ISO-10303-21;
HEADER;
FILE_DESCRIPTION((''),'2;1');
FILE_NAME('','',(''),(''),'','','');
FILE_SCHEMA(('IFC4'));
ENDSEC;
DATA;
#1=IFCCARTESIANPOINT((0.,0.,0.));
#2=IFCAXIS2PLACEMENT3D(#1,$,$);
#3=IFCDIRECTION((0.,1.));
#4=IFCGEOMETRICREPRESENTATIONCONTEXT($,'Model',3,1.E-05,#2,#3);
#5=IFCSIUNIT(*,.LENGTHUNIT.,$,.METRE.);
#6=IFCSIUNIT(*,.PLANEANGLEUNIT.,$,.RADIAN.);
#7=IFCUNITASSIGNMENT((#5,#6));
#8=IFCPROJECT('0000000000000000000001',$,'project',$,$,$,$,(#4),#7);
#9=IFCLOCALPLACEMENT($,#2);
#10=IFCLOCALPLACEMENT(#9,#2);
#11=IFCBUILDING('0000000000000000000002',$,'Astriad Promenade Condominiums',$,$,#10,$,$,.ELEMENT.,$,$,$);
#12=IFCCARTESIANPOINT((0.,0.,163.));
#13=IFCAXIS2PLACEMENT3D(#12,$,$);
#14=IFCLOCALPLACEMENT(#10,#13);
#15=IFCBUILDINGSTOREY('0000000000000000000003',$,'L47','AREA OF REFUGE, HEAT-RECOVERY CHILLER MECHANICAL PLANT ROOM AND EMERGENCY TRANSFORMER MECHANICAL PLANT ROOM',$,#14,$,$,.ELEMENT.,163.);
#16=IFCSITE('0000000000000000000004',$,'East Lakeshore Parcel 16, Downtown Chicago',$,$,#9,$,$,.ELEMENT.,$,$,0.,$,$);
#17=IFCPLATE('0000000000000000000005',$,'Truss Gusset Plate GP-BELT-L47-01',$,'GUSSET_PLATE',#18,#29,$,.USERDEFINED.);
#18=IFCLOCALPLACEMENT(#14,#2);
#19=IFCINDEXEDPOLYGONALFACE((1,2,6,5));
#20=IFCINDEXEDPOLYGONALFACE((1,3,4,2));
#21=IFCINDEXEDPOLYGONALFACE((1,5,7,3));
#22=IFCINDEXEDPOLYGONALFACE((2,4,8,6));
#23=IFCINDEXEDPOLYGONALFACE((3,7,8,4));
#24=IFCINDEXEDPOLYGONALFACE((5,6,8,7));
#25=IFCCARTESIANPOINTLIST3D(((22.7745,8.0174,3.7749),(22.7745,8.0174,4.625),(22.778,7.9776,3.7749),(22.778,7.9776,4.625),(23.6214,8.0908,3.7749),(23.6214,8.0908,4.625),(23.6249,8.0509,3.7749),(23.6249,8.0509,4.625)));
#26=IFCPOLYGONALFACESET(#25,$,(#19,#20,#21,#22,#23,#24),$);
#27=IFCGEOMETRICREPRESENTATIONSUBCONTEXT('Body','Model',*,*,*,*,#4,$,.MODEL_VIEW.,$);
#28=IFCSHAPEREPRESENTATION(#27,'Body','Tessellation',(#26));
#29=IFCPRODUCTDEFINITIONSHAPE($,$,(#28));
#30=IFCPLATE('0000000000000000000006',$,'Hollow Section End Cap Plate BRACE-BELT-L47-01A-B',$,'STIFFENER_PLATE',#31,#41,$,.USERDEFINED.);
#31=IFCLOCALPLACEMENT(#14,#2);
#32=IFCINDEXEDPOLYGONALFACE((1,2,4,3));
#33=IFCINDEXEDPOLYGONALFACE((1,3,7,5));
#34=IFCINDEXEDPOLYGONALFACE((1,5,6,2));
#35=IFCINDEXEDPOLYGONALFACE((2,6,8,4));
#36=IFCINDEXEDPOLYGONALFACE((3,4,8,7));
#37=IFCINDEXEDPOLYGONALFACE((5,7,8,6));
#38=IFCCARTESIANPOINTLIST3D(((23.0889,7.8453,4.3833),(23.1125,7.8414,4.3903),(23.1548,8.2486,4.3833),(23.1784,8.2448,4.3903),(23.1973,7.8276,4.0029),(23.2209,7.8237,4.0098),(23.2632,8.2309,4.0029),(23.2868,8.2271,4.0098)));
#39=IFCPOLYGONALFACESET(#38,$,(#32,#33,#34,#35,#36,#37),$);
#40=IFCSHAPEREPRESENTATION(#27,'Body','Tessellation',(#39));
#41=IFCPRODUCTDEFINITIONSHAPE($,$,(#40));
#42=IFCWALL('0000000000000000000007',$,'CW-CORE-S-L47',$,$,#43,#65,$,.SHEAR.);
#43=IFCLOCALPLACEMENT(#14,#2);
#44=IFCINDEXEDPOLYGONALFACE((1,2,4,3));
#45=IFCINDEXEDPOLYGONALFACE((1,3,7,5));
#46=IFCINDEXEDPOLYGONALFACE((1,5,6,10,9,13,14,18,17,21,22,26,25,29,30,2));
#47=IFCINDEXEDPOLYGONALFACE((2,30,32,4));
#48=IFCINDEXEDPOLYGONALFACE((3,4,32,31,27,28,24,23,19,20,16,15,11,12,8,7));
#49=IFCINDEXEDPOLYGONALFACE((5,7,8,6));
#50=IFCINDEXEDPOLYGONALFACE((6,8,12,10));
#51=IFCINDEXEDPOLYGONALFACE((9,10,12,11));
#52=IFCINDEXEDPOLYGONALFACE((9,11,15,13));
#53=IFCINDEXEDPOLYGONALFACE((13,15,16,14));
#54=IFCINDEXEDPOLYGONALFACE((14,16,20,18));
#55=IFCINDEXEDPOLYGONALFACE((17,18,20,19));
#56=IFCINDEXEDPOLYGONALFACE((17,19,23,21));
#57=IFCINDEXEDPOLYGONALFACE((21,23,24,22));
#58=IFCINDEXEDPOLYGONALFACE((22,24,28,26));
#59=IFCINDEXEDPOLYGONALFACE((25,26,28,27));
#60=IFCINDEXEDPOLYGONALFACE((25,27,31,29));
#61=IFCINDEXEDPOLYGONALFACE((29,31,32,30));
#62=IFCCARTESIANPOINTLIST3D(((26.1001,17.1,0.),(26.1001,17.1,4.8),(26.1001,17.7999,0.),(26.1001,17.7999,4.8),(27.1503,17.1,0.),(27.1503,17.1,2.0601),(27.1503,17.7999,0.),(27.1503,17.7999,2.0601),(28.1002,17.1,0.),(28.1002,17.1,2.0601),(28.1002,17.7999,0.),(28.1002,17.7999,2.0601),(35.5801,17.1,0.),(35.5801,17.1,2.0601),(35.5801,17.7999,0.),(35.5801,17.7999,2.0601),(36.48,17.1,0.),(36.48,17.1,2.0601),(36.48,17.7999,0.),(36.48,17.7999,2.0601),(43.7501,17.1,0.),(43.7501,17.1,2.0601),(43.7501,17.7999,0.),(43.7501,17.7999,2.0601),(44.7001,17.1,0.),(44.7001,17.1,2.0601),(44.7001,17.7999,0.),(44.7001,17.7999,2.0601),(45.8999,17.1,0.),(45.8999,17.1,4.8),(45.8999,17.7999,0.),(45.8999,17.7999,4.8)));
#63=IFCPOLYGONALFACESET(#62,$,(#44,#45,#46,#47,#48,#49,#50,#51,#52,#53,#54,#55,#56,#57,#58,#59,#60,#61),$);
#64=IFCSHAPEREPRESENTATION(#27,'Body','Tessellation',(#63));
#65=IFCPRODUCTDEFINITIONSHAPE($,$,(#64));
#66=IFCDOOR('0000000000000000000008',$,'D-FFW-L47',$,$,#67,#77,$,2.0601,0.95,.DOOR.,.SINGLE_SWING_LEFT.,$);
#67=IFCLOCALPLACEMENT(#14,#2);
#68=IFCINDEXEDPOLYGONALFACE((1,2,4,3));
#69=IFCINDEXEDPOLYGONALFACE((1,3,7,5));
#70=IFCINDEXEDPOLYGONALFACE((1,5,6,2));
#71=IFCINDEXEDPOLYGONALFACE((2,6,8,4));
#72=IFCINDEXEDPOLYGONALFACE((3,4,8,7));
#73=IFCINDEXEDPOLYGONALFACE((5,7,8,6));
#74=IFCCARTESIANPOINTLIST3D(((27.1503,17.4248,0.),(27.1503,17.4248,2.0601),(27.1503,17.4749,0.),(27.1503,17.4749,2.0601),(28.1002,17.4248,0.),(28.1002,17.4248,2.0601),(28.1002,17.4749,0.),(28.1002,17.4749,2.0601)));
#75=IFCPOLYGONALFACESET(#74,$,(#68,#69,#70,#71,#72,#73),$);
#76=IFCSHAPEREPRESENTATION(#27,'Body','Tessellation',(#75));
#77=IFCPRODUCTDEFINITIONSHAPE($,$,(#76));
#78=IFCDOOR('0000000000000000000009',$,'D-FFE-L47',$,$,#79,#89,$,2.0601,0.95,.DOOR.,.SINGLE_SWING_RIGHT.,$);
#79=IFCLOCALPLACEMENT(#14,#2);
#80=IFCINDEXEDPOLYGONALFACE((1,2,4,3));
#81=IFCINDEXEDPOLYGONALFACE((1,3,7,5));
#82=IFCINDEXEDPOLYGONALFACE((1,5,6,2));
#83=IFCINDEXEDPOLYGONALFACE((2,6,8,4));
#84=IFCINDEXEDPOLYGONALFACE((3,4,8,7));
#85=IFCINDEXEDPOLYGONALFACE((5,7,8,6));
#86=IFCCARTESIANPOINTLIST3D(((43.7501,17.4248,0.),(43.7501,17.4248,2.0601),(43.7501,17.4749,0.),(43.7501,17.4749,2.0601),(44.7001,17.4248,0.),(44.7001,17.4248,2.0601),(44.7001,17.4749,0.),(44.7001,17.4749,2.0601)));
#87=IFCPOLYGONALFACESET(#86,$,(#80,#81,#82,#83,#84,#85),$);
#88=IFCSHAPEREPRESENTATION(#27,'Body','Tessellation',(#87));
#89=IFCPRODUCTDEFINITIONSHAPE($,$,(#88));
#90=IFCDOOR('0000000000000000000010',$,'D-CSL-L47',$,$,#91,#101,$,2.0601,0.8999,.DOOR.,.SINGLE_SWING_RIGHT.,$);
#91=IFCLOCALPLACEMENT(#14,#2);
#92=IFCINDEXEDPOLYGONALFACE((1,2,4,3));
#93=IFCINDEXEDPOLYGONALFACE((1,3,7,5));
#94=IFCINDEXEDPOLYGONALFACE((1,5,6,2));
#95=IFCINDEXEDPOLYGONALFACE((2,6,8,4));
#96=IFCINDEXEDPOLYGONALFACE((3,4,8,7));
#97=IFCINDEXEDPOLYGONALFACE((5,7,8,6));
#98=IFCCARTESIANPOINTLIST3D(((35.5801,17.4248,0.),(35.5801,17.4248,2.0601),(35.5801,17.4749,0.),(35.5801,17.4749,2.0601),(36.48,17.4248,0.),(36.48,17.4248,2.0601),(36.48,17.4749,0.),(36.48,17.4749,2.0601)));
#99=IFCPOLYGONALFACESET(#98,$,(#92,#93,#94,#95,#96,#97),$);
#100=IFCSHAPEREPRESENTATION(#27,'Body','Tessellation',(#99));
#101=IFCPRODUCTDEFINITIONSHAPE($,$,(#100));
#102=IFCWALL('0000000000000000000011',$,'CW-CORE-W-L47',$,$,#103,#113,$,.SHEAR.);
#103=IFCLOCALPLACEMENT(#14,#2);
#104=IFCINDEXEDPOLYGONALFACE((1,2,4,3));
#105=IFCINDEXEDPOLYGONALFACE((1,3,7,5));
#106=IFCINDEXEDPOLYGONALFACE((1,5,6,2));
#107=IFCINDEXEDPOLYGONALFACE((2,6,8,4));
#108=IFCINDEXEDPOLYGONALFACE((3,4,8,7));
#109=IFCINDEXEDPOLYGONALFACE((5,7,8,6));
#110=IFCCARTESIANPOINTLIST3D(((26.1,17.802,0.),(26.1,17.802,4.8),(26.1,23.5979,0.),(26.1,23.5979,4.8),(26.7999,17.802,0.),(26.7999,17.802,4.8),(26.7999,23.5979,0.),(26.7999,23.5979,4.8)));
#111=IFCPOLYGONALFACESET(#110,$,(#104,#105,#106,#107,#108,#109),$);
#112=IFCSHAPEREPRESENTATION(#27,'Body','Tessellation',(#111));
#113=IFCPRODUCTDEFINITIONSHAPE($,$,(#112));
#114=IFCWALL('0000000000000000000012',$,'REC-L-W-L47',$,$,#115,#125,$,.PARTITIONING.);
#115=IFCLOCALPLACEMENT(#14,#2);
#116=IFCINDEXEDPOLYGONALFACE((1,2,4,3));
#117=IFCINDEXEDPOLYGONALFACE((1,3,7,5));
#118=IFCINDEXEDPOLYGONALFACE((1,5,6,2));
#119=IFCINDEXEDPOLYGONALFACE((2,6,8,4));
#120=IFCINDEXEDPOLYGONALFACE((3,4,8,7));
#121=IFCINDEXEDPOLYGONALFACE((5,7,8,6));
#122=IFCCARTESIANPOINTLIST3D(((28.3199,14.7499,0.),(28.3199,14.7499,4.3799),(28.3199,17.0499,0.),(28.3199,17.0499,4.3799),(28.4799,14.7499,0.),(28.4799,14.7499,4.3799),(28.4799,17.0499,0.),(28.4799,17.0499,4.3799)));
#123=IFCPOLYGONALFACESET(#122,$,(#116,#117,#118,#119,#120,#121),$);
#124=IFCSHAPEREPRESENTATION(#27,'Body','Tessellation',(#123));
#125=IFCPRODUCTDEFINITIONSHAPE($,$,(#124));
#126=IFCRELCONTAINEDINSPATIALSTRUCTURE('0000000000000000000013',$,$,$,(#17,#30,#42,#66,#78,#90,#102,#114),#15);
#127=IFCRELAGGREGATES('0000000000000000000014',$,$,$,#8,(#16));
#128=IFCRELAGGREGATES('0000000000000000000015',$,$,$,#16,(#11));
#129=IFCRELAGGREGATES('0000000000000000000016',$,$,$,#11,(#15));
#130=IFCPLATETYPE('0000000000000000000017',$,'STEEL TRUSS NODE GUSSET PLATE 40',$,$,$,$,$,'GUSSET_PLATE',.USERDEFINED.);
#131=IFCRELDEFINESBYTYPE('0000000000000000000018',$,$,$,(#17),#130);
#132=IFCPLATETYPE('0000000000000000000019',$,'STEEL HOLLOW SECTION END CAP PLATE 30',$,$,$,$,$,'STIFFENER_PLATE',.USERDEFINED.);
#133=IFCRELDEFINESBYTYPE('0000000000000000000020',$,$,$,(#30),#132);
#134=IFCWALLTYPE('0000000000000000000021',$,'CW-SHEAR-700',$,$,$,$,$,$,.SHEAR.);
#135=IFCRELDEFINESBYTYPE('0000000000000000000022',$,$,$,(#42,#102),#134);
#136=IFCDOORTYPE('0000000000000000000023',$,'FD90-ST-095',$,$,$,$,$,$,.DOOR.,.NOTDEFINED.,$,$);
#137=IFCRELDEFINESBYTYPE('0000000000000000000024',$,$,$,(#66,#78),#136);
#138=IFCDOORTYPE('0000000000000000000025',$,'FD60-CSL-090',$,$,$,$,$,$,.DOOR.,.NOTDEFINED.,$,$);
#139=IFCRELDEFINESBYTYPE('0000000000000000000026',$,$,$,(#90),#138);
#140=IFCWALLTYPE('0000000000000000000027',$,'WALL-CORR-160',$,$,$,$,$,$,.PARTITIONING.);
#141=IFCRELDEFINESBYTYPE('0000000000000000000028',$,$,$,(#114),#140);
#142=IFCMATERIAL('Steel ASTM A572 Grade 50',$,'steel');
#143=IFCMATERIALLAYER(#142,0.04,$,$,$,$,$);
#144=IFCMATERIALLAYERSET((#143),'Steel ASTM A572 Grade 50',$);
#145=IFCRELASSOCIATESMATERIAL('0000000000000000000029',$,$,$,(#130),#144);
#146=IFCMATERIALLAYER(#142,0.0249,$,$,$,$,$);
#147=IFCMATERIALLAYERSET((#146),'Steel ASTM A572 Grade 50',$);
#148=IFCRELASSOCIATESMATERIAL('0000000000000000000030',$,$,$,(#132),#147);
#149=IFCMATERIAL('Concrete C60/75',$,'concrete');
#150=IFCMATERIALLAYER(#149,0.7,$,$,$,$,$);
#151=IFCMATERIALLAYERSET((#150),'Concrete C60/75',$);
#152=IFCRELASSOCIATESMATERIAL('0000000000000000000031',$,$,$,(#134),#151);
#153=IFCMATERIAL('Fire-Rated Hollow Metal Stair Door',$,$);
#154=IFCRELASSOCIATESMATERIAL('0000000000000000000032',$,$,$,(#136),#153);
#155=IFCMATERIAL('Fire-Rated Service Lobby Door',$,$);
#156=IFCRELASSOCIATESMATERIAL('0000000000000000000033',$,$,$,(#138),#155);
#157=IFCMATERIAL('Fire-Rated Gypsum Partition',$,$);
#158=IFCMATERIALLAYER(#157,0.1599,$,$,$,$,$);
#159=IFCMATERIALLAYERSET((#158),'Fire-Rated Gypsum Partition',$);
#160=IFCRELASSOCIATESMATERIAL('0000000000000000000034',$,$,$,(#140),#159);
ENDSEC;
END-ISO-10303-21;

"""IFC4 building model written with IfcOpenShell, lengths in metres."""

from ifc_helpers import new_model, si_unit, direction, frame, frame_2d, origin, origin_2d, place, context, subcontext, project, spatial, rectangle, extrude, source, transform, mapped, material, layer, layer_set, type_object, type_shapes, element, fill, save


model = new_model("IFC4")

# Units and contexts
model_context = context("Model", 3, precision=1e-05, world=origin(), true_north=direction((0.0, 1.0)))
body_context = subcontext(model_context, "Body", "Model", "MODEL_VIEW")
ifc_project = project(units=[si_unit("LENGTHUNIT", "METRE"), si_unit("PLANEANGLEUNIT", "RADIAN")], contexts=[model_context])

# Site, building, storey
site_placement = place(None, origin())
site = spatial("IfcSite", under=ifc_project, at=site_placement, Name="East Lakeshore Parcel 16, Downtown Chicago", CompositionType="ELEMENT", RefElevation=0.0)
building_placement = place(site_placement, origin())
building = spatial("IfcBuilding", under=site, at=building_placement, Name="Astriad Promenade Condominiums", CompositionType="ELEMENT")
storey_placement = place(building_placement, frame((0.0, 0.0, 163.0)))
storey = spatial("IfcBuildingStorey", under=building, at=storey_placement, Name="L47", Description="AREA OF REFUGE, HEAT-RECOVERY CHILLER MECHANICAL PLANT ROOM AND EMERGENCY TRANSFORMER MECHANICAL PLANT ROOM", CompositionType="ELEMENT", Elevation=163.0)

# Plates
ifc_material_1 = material(Name="Steel ASTM A572 Grade 50", Category="steel")
ifc_layer_1 = layer(ifc_material_1, 0.04)
ifc_layer_set_1 = layer_set([ifc_layer_1], Name="Steel ASTM A572 Grade 50")
plate_type_1 = type_object("IfcPlateType", Name="STEEL TRUSS NODE GUSSET PLATE 40", ElementType="GUSSET_PLATE", PredefinedType="USERDEFINED", material=ifc_layer_set_1)
shared_shape_1 = source(origin(), body_context, "Body", "SweptSolid", [
    extrude(rectangle(XDim=0.8501, YDim=0.04, at=origin_2d()), origin(), (0.0, 0.0, 1.0), 0.8501),
])
type_shapes(plate_type_1, [shared_shape_1])
plate_1_placement = place(storey_placement, frame((23.1997, 8.0342, 3.7749), z_axis=(0.0, 0.0, 1.0), x_axis=(0.99627, 0.086286, 0.0)))
element("IfcPlate", 1, at=plate_1_placement, inside=storey, type_object=plate_type_1, Name="Truss Gusset Plate GP-BELT-L47-01", ObjectType="GUSSET_PLATE", PredefinedType="USERDEFINED", context=body_context, shape_type="MappedRepresentation", body=[
    mapped(shared_shape_1, transform((0.0, 0.0, 0.0), scale=1.0)),
])
ifc_layer_2 = layer(ifc_material_1, 0.0249)
ifc_layer_set_2 = layer_set([ifc_layer_2], Name="Steel ASTM A572 Grade 50")
plate_type_2 = type_object("IfcPlateType", Name="STEEL HOLLOW SECTION END CAP PLATE 30", ElementType="STIFFENER_PLATE", PredefinedType="USERDEFINED", material=ifc_layer_set_2)
shared_shape_2 = source(origin(), body_context, "Body", "SweptSolid", [
    extrude(rectangle(XDim=0.4087, YDim=0.396, at=origin_2d()), origin(), (0.0, 0.0, 1.0), 0.0249),
])
type_shapes(plate_type_2, [shared_shape_2])
plate_2_placement = place(storey_placement, frame((23.176, 8.0381, 4.1931), z_axis=(0.948211, -0.154805, 0.277365), x_axis=(0.161127, 0.986934, 0.0)))
element("IfcPlate", 2, at=plate_2_placement, inside=storey, type_object=plate_type_2, Name="Hollow Section End Cap Plate BRACE-BELT-L47-01A-B", ObjectType="STIFFENER_PLATE", PredefinedType="USERDEFINED", context=body_context, shape_type="MappedRepresentation", body=[
    mapped(shared_shape_2, transform((0.0, 0.0, 0.0), scale=1.0)),
])

# Wall, openings, doors
ifc_material_2 = material(Name="Concrete C60/75", Category="concrete")
ifc_layer_3 = layer(ifc_material_2, 0.7)
ifc_layer_set_3 = layer_set([ifc_layer_3], Name="Concrete C60/75")
wall_type_1 = type_object("IfcWallType", Name="CW-SHEAR-700", PredefinedType="SHEAR", material=ifc_layer_set_3)
wall_1_placement = place(storey_placement, frame((26.1001, 17.45, 0.0), z_axis=(0.0, 0.0, 1.0), x_axis=(1.0, 0.0, 0.0)))
wall_1 = element("IfcWall", 3, at=wall_1_placement, inside=storey, type_object=wall_type_1, Name="CW-CORE-S-L47", PredefinedType="SHEAR", context=body_context, shape_type="SweptSolid", body=[
    extrude(rectangle(XDim=19.7998, YDim=0.7, at=frame_2d((9.8999, 0.0))), origin(), (0.0, 0.0, 1.0), 4.8),
])
opening_1_placement = place(wall_1_placement, frame((1.05, 0.0, 0.0)))
opening_1 = element("IfcOpeningElement", 4, at=opening_1_placement, cuts=wall_1, PredefinedType="OPENING", context=body_context, shape_type="SweptSolid", body=[
    extrude(rectangle(XDim=0.95, YDim=2.0601, at=frame_2d((0.4751, 1.03))), frame((0.0, 0.3599, 0.0), z_axis=(0.0, -1.0, 0.0), x_axis=(1.0, 0.0, 0.0)), (0.0, 0.0, 1.0), 0.72),
])
opening_2_placement = place(wall_1_placement, frame((9.48, 0.0, 0.0)))
opening_2 = element("IfcOpeningElement", 5, at=opening_2_placement, cuts=wall_1, PredefinedType="OPENING", context=body_context, shape_type="SweptSolid", body=[
    extrude(rectangle(XDim=0.8999, YDim=2.0601, at=frame_2d((0.45, 1.03))), frame((0.0, 0.3599, 0.0), z_axis=(0.0, -1.0, 0.0), x_axis=(1.0, 0.0, 0.0)), (0.0, 0.0, 1.0), 0.72),
])
opening_3_placement = place(wall_1_placement, frame((17.6499, 0.0, 0.0)))
opening_3 = element("IfcOpeningElement", 6, at=opening_3_placement, cuts=wall_1, PredefinedType="OPENING", context=body_context, shape_type="SweptSolid", body=[
    extrude(rectangle(XDim=0.95, YDim=2.0601, at=frame_2d((0.4751, 1.03))), frame((0.0, 0.3599, 0.0), z_axis=(0.0, -1.0, 0.0), x_axis=(1.0, 0.0, 0.0)), (0.0, 0.0, 1.0), 0.72),
])
ifc_material_3 = material(Name="Fire-Rated Hollow Metal Stair Door")
door_type_1 = type_object("IfcDoorType", Name="FD90-ST-095", OperationType="NOTDEFINED", PredefinedType="DOOR", material=ifc_material_3)
shared_shape_3 = source(origin(), body_context, "Body", "SweptSolid", [
    extrude(rectangle(XDim=0.95, YDim=2.0601, at=frame_2d((0.4751, 1.03))), frame((0.0, 0.0249, 0.0), z_axis=(0.0, -1.0, 0.0), x_axis=(1.0, 0.0, 0.0)), (0.0, 0.0, 1.0), 0.05),
])
type_shapes(door_type_1, [shared_shape_3])
door_1_placement = place(opening_1_placement, origin())
door_1 = element("IfcDoor", 7, at=door_1_placement, inside=storey, type_object=door_type_1, Name="D-FFW-L47", OperationType="SINGLE_SWING_LEFT", OverallHeight=2.0601, OverallWidth=0.95, PredefinedType="DOOR", context=body_context, shape_type="MappedRepresentation", body=[
    mapped(shared_shape_3, transform((0.0, 0.0, 0.0), scale=1.0)),
])
fill(opening_1, door_1)
door_2_placement = place(opening_3_placement, origin())
door_2 = element("IfcDoor", 8, at=door_2_placement, inside=storey, type_object=door_type_1, Name="D-FFE-L47", OperationType="SINGLE_SWING_RIGHT", OverallHeight=2.0601, OverallWidth=0.95, PredefinedType="DOOR", context=body_context, shape_type="MappedRepresentation", body=[
    mapped(shared_shape_3, transform((0.0, 0.0, 0.0), scale=1.0)),
])
fill(opening_3, door_2)
ifc_material_4 = material(Name="Fire-Rated Service Lobby Door")
door_type_2 = type_object("IfcDoorType", Name="FD60-CSL-090", OperationType="NOTDEFINED", PredefinedType="DOOR", material=ifc_material_4)
shared_shape_4 = source(origin(), body_context, "Body", "SweptSolid", [
    extrude(rectangle(XDim=0.8999, YDim=2.0601, at=frame_2d((0.45, 1.03))), frame((0.0, 0.0249, 0.0), z_axis=(0.0, -1.0, 0.0), x_axis=(1.0, 0.0, 0.0)), (0.0, 0.0, 1.0), 0.05),
])
type_shapes(door_type_2, [shared_shape_4])
door_3_placement = place(opening_2_placement, origin())
door_3 = element("IfcDoor", 9, at=door_3_placement, inside=storey, type_object=door_type_2, Name="D-CSL-L47", OperationType="SINGLE_SWING_RIGHT", OverallHeight=2.0601, OverallWidth=0.8999, PredefinedType="DOOR", context=body_context, shape_type="MappedRepresentation", body=[
    mapped(shared_shape_4, transform((0.0, 0.0, 0.0), scale=1.0)),
])
fill(opening_2, door_3)

# Walls
wall_2_placement = place(storey_placement, frame((26.45, 17.802, 0.0), z_axis=(0.0, 0.0, 1.0), x_axis=(0.0, 1.0, 0.0)))
element("IfcWall", 10, at=wall_2_placement, inside=storey, type_object=wall_type_1, Name="CW-CORE-W-L47", PredefinedType="SHEAR", context=body_context, shape_type="SweptSolid", body=[
    extrude(rectangle(XDim=5.7959, YDim=0.7, at=frame_2d((2.8979, 0.0))), origin(), (0.0, 0.0, 1.0), 4.8),
])
ifc_material_5 = material(Name="Fire-Rated Gypsum Partition")
ifc_layer_4 = layer(ifc_material_5, 0.1599)
ifc_layer_set_4 = layer_set([ifc_layer_4], Name="Fire-Rated Gypsum Partition")
wall_type_2 = type_object("IfcWallType", Name="WALL-CORR-160", PredefinedType="PARTITIONING", material=ifc_layer_set_4)
wall_3_placement = place(storey_placement, frame((28.3999, 14.75, 0.0), z_axis=(0.0, 0.0, 1.0), x_axis=(0.0, 1.0, 0.0)))
element("IfcWall", 11, at=wall_3_placement, inside=storey, type_object=wall_type_2, Name="REC-L-W-L47", PredefinedType="PARTITIONING", context=body_context, shape_type="SweptSolid", body=[
    extrude(rectangle(XDim=2.3, YDim=0.1599, at=frame_2d((1.1499, 0.0))), origin(), (0.0, 0.0, 1.0), 4.3799),
])

save(model, "model.ifc")
